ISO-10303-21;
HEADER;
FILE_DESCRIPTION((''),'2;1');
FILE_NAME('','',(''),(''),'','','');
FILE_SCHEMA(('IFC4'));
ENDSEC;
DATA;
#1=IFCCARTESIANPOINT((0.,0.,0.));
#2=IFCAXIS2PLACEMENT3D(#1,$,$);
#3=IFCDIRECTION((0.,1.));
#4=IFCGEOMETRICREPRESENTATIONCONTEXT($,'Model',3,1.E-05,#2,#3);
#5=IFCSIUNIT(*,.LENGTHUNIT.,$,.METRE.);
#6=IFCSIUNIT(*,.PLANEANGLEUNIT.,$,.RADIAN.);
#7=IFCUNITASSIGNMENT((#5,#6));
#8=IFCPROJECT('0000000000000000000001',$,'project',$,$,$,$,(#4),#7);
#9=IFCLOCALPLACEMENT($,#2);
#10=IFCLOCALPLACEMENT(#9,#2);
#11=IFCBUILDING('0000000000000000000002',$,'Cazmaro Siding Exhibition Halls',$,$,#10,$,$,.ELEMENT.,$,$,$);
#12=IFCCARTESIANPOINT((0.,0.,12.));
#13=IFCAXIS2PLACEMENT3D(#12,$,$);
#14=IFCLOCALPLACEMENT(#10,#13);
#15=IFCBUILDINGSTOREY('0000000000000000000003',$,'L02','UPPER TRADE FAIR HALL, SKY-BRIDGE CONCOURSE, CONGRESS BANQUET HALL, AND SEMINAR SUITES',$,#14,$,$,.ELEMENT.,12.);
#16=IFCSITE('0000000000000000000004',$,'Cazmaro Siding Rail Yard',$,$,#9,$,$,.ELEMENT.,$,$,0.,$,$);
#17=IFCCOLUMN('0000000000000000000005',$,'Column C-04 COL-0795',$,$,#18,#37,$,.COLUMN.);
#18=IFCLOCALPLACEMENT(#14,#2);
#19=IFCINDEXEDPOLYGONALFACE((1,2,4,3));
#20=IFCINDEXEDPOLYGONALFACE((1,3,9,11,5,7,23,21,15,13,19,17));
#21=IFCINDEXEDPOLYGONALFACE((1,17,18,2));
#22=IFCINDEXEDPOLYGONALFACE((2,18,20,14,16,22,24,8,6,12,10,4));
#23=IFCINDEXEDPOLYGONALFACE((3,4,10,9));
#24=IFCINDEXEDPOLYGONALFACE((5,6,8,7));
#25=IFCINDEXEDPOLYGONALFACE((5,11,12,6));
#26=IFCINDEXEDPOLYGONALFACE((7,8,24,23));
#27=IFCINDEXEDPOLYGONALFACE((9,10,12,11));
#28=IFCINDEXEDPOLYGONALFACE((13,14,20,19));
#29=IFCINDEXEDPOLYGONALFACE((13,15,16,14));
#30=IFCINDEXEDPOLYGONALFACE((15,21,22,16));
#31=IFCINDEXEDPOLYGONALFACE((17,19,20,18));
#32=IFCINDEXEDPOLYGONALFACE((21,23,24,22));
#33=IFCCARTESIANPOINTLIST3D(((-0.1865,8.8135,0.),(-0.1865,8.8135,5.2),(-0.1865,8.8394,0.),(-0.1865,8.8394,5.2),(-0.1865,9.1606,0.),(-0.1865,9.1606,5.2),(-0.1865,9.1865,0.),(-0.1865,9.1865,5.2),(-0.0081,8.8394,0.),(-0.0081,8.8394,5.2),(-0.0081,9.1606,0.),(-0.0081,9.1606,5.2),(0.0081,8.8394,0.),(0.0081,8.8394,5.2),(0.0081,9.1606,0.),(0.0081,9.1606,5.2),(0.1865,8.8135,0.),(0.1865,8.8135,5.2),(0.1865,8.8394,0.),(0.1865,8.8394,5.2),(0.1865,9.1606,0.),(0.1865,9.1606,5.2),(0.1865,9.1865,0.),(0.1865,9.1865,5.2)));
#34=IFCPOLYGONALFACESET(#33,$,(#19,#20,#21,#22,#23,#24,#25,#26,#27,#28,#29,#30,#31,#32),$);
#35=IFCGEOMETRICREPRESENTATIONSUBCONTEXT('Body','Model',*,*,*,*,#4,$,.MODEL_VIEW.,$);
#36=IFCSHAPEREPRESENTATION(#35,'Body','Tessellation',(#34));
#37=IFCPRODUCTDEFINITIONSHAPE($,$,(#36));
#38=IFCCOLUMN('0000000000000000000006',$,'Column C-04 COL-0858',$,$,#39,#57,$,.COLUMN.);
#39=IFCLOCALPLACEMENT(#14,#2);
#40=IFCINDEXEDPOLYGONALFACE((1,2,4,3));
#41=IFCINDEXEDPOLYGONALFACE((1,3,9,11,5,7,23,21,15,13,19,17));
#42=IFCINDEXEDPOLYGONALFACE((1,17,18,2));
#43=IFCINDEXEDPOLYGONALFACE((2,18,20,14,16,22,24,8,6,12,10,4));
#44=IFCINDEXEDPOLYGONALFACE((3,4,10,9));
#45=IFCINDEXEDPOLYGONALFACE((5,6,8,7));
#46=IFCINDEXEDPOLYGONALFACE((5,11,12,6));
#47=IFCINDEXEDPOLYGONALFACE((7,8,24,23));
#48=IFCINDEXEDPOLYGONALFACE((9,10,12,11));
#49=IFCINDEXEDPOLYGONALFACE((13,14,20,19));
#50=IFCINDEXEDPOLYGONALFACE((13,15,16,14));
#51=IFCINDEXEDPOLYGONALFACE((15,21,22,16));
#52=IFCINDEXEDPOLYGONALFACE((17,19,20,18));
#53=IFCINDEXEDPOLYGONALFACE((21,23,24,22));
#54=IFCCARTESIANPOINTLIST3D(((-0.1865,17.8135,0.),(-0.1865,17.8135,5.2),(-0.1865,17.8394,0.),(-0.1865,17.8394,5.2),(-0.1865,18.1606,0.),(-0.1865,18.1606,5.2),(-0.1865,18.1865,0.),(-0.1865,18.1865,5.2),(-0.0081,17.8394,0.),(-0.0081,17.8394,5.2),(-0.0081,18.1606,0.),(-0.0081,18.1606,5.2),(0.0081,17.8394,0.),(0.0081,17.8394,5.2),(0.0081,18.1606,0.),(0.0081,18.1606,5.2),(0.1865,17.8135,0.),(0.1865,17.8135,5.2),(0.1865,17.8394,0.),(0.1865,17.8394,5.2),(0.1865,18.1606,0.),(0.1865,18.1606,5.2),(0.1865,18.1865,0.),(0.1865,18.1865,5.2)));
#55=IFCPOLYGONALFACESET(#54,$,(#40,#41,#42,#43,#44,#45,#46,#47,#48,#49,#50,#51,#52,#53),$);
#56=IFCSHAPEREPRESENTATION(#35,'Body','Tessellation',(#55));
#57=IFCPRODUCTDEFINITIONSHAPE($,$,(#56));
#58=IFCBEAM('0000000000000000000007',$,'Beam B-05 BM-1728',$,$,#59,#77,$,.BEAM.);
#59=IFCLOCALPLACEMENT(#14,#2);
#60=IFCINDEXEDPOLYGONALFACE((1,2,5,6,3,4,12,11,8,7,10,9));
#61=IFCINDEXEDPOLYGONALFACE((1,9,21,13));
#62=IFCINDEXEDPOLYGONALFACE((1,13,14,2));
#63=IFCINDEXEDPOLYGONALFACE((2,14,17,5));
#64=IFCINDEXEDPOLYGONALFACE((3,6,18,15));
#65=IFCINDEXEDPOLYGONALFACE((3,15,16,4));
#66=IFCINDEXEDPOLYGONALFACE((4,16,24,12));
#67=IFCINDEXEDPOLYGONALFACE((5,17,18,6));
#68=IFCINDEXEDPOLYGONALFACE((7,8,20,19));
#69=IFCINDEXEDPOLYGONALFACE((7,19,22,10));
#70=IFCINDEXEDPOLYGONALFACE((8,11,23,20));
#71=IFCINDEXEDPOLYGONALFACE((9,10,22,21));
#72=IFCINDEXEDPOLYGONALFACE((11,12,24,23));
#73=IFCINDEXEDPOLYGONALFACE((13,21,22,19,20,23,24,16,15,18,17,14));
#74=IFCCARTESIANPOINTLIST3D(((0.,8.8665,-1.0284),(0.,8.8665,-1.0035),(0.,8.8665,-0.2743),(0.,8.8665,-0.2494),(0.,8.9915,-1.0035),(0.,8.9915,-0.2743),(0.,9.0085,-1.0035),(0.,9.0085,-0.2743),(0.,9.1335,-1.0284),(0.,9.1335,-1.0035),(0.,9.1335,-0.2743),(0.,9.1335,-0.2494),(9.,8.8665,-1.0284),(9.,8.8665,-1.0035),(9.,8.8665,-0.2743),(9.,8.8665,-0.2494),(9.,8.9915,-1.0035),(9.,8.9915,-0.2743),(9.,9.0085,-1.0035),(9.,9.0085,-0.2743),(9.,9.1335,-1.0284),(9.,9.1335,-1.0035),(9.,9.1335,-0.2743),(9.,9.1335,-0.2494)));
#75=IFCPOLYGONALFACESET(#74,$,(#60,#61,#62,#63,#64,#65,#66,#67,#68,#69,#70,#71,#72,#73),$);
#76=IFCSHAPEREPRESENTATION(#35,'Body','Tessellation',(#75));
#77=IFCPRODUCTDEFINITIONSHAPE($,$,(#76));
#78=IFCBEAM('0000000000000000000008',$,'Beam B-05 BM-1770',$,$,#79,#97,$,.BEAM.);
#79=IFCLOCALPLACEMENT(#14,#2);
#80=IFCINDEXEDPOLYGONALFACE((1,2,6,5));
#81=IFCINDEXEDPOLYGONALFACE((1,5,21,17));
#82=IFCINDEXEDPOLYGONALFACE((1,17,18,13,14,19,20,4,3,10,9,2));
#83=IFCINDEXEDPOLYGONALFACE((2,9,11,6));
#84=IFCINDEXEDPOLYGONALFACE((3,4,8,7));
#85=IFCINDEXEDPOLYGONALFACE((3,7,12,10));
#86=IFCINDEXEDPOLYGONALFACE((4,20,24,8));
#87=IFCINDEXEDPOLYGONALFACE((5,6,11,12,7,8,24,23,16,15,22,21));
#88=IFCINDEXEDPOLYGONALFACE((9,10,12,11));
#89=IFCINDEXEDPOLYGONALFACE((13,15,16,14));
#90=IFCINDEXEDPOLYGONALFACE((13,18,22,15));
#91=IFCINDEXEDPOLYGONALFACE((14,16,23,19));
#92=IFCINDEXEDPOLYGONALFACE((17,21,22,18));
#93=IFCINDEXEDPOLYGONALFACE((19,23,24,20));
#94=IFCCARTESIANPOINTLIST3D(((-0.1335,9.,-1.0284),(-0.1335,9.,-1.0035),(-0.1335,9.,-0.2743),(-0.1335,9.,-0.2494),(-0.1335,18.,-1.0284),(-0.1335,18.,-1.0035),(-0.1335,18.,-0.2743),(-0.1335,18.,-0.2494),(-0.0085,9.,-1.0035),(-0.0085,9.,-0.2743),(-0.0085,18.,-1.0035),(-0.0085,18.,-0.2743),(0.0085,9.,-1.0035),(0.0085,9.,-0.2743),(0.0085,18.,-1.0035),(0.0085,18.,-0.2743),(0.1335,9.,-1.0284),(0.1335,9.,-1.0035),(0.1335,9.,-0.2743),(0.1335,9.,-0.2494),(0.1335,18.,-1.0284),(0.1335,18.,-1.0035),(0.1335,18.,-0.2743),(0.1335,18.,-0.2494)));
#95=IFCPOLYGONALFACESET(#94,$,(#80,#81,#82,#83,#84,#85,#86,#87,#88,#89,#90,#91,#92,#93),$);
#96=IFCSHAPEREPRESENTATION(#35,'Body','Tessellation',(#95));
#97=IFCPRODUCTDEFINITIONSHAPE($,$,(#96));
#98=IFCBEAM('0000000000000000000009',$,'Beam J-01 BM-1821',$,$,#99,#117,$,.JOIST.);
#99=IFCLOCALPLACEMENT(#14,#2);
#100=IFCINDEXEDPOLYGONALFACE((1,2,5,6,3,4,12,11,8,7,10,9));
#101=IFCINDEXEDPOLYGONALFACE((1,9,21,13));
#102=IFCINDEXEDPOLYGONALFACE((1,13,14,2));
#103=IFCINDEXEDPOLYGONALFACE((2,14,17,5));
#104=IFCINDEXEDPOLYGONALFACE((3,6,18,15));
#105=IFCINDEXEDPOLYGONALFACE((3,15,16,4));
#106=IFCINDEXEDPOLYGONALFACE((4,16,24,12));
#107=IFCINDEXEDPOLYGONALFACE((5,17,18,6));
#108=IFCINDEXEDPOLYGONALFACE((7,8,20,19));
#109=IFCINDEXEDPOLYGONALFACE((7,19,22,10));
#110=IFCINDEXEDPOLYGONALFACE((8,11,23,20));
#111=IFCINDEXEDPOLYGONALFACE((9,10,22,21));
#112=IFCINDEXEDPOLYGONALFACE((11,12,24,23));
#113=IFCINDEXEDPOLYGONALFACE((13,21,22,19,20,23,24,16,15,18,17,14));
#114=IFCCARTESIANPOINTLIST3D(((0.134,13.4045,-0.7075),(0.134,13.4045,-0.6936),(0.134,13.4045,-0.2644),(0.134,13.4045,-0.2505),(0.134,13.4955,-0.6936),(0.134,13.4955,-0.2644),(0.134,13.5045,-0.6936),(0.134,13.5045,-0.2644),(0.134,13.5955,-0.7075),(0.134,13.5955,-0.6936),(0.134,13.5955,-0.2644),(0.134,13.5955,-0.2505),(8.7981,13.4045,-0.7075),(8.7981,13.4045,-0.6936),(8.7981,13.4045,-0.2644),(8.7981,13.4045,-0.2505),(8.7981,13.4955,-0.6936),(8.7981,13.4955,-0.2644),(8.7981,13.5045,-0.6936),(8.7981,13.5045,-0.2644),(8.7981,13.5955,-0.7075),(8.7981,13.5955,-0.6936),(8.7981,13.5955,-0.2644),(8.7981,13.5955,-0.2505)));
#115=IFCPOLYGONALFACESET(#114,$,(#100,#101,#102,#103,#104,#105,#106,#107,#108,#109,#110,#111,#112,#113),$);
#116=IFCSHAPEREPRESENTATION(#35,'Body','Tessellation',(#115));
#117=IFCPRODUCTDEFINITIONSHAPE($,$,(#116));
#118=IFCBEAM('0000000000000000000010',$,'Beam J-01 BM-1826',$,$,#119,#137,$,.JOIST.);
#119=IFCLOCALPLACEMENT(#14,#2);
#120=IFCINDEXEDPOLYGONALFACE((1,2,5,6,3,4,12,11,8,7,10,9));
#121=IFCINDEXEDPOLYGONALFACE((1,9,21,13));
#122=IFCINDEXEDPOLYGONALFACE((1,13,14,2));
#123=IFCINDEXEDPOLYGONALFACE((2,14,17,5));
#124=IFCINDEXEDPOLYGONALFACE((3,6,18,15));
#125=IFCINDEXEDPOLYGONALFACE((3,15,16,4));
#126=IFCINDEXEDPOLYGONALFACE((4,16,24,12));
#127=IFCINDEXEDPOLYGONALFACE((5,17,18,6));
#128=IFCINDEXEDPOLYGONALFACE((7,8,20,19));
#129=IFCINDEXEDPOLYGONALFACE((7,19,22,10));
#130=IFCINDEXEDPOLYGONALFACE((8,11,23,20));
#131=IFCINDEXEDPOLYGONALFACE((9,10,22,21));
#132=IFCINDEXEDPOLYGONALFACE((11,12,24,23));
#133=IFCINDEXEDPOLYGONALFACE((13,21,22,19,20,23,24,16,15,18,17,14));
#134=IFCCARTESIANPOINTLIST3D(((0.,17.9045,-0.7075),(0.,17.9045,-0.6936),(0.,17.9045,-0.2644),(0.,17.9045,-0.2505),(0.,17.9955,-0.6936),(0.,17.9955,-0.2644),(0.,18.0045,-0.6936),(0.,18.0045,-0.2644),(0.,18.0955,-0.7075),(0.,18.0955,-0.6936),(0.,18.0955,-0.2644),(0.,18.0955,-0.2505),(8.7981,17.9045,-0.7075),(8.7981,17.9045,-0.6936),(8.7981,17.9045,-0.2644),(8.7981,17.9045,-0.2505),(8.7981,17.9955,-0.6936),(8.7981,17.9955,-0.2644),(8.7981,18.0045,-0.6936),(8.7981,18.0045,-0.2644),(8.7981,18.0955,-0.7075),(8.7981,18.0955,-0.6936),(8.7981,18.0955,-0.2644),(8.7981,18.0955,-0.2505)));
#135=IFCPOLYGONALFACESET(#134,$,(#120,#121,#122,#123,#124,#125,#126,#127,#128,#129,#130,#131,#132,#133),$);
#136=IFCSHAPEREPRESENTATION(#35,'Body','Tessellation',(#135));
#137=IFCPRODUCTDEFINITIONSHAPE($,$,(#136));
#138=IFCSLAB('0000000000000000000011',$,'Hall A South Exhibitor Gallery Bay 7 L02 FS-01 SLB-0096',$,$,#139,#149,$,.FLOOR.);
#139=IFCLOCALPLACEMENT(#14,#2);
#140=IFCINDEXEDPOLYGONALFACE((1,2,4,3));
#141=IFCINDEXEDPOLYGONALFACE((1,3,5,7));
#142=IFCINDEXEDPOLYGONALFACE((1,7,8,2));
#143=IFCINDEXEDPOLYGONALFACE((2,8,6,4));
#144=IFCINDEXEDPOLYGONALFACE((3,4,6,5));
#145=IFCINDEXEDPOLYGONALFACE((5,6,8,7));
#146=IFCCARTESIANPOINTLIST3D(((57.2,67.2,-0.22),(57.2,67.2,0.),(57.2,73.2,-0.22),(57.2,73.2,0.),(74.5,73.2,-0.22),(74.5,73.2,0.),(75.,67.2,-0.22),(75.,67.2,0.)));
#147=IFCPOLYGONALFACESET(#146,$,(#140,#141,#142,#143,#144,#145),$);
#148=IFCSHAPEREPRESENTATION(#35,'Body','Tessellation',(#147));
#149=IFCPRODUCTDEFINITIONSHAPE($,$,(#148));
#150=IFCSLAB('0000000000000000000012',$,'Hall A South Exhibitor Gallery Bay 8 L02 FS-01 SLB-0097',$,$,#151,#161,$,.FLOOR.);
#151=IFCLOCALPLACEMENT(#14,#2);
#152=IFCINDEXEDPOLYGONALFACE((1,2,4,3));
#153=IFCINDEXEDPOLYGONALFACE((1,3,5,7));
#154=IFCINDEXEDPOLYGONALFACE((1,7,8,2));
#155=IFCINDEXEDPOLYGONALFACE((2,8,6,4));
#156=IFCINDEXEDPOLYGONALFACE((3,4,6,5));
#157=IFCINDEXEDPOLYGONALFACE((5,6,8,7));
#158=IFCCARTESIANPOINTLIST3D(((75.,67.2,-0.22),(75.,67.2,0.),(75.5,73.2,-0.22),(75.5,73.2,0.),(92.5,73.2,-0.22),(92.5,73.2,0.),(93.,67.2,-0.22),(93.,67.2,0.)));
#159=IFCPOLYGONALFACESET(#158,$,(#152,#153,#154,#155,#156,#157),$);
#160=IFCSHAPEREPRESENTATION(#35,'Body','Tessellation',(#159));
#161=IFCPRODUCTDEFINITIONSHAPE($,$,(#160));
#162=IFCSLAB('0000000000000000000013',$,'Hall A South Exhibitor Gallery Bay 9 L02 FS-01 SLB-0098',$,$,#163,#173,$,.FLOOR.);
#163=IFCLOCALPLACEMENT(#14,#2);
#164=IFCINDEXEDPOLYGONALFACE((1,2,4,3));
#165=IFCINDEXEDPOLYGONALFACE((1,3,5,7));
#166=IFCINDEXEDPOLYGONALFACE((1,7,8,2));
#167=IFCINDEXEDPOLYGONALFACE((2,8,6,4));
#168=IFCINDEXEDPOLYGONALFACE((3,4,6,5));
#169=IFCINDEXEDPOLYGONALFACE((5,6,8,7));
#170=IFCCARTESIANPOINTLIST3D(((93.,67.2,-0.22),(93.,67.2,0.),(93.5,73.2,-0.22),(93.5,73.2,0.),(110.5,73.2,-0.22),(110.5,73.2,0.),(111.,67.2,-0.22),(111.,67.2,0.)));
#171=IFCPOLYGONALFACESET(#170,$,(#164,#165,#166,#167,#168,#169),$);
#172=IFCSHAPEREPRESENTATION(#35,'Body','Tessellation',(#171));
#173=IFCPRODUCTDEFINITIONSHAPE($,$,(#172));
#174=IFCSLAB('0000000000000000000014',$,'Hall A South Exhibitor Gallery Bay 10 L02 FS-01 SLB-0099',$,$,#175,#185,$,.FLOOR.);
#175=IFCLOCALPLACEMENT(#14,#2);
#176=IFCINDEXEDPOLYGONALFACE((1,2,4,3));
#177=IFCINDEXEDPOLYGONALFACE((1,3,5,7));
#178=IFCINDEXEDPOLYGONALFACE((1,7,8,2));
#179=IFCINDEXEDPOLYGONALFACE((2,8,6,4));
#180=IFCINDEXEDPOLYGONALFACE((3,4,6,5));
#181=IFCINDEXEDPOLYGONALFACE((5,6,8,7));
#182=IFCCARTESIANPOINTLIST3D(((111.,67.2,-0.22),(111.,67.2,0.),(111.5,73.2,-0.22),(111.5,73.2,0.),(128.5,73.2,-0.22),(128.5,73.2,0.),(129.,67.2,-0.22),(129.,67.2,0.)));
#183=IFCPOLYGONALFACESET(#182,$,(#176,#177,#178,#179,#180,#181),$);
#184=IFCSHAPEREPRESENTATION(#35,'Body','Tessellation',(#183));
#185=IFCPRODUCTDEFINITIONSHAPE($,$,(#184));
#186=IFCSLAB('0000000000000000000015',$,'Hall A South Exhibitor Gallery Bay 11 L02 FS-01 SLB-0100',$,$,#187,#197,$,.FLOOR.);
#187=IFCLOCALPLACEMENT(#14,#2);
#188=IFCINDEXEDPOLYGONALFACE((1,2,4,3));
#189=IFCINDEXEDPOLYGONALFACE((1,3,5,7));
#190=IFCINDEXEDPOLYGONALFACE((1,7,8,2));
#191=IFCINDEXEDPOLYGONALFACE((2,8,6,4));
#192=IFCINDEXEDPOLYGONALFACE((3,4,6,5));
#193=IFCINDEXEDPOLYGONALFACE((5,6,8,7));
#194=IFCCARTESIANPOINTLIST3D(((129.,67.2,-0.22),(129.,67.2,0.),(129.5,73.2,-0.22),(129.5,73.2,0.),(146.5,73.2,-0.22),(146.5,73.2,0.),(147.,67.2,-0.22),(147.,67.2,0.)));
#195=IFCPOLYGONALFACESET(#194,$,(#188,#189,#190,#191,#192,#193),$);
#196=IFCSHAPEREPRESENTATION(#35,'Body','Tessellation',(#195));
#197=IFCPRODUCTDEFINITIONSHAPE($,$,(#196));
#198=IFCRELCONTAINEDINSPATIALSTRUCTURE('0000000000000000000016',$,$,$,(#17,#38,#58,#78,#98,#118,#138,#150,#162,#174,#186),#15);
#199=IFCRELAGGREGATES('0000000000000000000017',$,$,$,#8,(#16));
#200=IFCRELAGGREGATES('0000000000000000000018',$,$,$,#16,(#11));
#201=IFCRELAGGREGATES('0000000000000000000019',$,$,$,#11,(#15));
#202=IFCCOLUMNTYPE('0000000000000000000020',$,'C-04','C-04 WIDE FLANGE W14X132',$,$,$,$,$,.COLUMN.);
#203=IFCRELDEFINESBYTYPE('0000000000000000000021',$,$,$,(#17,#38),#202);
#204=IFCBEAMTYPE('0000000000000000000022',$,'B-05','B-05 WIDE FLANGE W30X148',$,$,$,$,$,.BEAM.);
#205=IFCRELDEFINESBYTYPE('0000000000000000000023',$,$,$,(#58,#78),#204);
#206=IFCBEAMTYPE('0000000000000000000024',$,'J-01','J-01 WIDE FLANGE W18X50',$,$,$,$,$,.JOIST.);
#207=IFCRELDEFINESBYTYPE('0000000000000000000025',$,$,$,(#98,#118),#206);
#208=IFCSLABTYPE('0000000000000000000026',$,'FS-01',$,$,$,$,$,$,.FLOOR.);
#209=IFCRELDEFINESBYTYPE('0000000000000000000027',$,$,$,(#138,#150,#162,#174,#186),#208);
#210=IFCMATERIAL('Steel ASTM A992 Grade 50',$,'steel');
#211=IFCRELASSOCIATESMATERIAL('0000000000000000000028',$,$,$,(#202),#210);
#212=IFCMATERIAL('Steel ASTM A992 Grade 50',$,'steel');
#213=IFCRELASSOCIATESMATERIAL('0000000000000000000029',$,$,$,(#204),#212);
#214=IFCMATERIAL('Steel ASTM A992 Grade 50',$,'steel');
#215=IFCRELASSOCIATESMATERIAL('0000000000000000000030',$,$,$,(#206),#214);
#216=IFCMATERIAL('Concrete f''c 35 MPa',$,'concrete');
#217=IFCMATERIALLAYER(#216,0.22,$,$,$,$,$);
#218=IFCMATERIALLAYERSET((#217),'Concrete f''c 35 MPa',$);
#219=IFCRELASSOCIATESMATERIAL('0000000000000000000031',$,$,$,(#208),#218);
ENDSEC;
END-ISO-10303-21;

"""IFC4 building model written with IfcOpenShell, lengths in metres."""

from ifc_helpers import new_model, si_unit, direction, frame, origin, origin_2d, place, context, subcontext, project, spatial, polyline, i_section, outline, extrude, material, layer, layer_set, material_profile, profile_set, type_object, element, save


model = new_model("IFC4")

# Units and contexts
model_context = context("Model", 3, precision=1e-05, world=origin(), true_north=direction((0.0, 1.0)))
body_context = subcontext(model_context, "Body", "Model", "MODEL_VIEW")
ifc_project = project(units=[si_unit("LENGTHUNIT", "METRE"), si_unit("PLANEANGLEUNIT", "RADIAN")], contexts=[model_context])

# Site, building, storey
site_placement = place(None, origin())
site = spatial("IfcSite", under=ifc_project, at=site_placement, Name="Cazmaro Siding Rail Yard", CompositionType="ELEMENT", RefElevation=0.0)
building_placement = place(site_placement, origin())
building = spatial("IfcBuilding", under=site, at=building_placement, Name="Cazmaro Siding Exhibition Halls", CompositionType="ELEMENT")
storey_placement = place(building_placement, frame((0.0, 0.0, 12.0)))
storey = spatial("IfcBuildingStorey", under=building, at=storey_placement, Name="L02", Description="UPPER TRADE FAIR HALL, SKY-BRIDGE CONCOURSE, CONGRESS BANQUET HALL, AND SEMINAR SUITES", CompositionType="ELEMENT", Elevation=12.0)

# Columns
ifc_material_1 = material(Name="Steel ASTM A992 Grade 50", Category="steel")
ifc_material_profile_1 = material_profile(ifc_material_1, i_section(OverallWidth=0.373, OverallDepth=0.373, WebThickness=0.0161, FlangeThickness=0.0259, at=origin_2d()), Name="W14X132")
ifc_profile_set_1 = profile_set([ifc_material_profile_1], Name="Steel ASTM A992 Grade 50")
column_type = type_object("IfcColumnType", Name="C-04", Description="C-04 WIDE FLANGE W14X132", PredefinedType="COLUMN", material=ifc_profile_set_1)
for number, where, z_axis, x_axis, name in (
    (1, (0.0, 9.0, 0.0), (0.0, 0.0, 1.0), (1.0, 0.0, 0.0), "Column C-04 COL-0795"),
    (2, (0.0, 18.0, 0.0), (0.0, 0.0, 1.0), (1.0, 0.0, 0.0), "Column C-04 COL-0858"),
):
    element("IfcColumn", number, at=place(storey_placement, frame(where, z_axis=z_axis, x_axis=x_axis)), inside=storey, type_object=column_type, Name=name, PredefinedType="COLUMN", context=body_context, shape_type="SweptSolid", body=[
        extrude(i_section(OverallWidth=0.373, OverallDepth=0.373, WebThickness=0.0161, FlangeThickness=0.0259, at=origin_2d()), origin(), (0.0, 0.0, 1.0), 5.2),
    ])

# Beams
ifc_material_2 = material(Name="Steel ASTM A992 Grade 50", Category="steel")
ifc_material_profile_2 = material_profile(ifc_material_2, i_section(OverallWidth=0.2671, OverallDepth=0.7791, WebThickness=0.0171, FlangeThickness=0.0249, at=origin_2d()), Name="W30X148")
ifc_profile_set_2 = profile_set([ifc_material_profile_2], Name="Steel ASTM A992 Grade 50")
beam_type_1 = type_object("IfcBeamType", Name="B-05", Description="B-05 WIDE FLANGE W30X148", PredefinedType="BEAM", material=ifc_profile_set_2)
for number, where, z_axis, x_axis, name in (
    (3, (0.0, 9.0, -0.6389), (1.0, 0.0, 0.0), (0.0, 1.0, 0.0), "Beam B-05 BM-1728"),
    (4, (0.0, 18.0, -0.6389), (0.0, -1.0, 0.0), (1.0, 0.0, 0.0), "Beam B-05 BM-1770"),
):
    element("IfcBeam", number, at=place(storey_placement, frame(where, z_axis=z_axis, x_axis=x_axis)), inside=storey, type_object=beam_type_1, Name=name, PredefinedType="BEAM", context=body_context, shape_type="SweptSolid", body=[
        extrude(i_section(OverallWidth=0.2671, OverallDepth=0.7791, WebThickness=0.0171, FlangeThickness=0.0249, at=origin_2d()), origin(), (0.0, 0.0, 1.0), 9.0),
    ])
ifc_material_3 = material(Name="Steel ASTM A992 Grade 50", Category="steel")
ifc_material_profile_3 = material_profile(ifc_material_3, i_section(OverallWidth=0.1909, OverallDepth=0.457, WebThickness=0.009, FlangeThickness=0.0139, at=origin_2d()), Name="W18X50")
ifc_profile_set_3 = profile_set([ifc_material_profile_3], Name="Steel ASTM A992 Grade 50")
beam_type_2 = type_object("IfcBeamType", Name="J-01", Description="J-01 WIDE FLANGE W18X50", PredefinedType="JOIST", material=ifc_profile_set_3)
beam_1_placement = place(storey_placement, frame((0.134, 13.5, -0.479), z_axis=(1.0, 0.0, 0.0), x_axis=(0.0, 1.0, 0.0)))
element("IfcBeam", 5, at=beam_1_placement, inside=storey, type_object=beam_type_2, Name="Beam J-01 BM-1821", PredefinedType="JOIST", context=body_context, shape_type="SweptSolid", body=[
    extrude(i_section(OverallWidth=0.1909, OverallDepth=0.457, WebThickness=0.009, FlangeThickness=0.0139, at=origin_2d()), origin(), (0.0, 0.0, 1.0), 8.6641),
])
beam_2_placement = place(storey_placement, frame((0.0, 18.0, -0.479), z_axis=(1.0, 0.0, 0.0), x_axis=(0.0, 1.0, 0.0)))
element("IfcBeam", 6, at=beam_2_placement, inside=storey, type_object=beam_type_2, Name="Beam J-01 BM-1826", PredefinedType="JOIST", context=body_context, shape_type="SweptSolid", body=[
    extrude(i_section(OverallWidth=0.1909, OverallDepth=0.457, WebThickness=0.009, FlangeThickness=0.0139, at=origin_2d()), origin(), (0.0, 0.0, 1.0), 8.7981),
])

# Slabs
ifc_material_4 = material(Name="Concrete f'c 35 MPa", Category="concrete")
ifc_layer_1 = layer(ifc_material_4, 0.22)
ifc_layer_set_1 = layer_set([ifc_layer_1], Name="Concrete f'c 35 MPa")
slab_type_1 = type_object("IfcSlabType", Name="FS-01", PredefinedType="FLOOR", material=ifc_layer_set_1)
slab_1_placement = place(storey_placement, frame((0.0, 0.0, -0.22)))
element("IfcSlab", 7, at=slab_1_placement, inside=storey, type_object=slab_type_1, Name="Hall A South Exhibitor Gallery Bay 7 L02 FS-01 SLB-0096", PredefinedType="FLOOR", context=body_context, shape_type="SweptSolid", body=[
    extrude(outline(polyline([(57.2, 67.2), (75.0, 67.2), (74.5, 73.2), (57.2, 73.2), (57.2, 67.2)])), origin(), (0.0, 0.0, 1.0), 0.22),
])
slab_2_placement = place(storey_placement, frame((0.0, 0.0, -0.22)))
element("IfcSlab", 8, at=slab_2_placement, inside=storey, type_object=slab_type_1, Name="Hall A South Exhibitor Gallery Bay 8 L02 FS-01 SLB-0097", PredefinedType="FLOOR", context=body_context, shape_type="SweptSolid", body=[
    extrude(outline(polyline([(75.0, 67.2), (93.0, 67.2), (92.5, 73.2), (75.5, 73.2), (75.0, 67.2)])), origin(), (0.0, 0.0, 1.0), 0.22),
])
slab_3_placement = place(storey_placement, frame((0.0, 0.0, -0.22)))
element("IfcSlab", 9, at=slab_3_placement, inside=storey, type_object=slab_type_1, Name="Hall A South Exhibitor Gallery Bay 9 L02 FS-01 SLB-0098", PredefinedType="FLOOR", context=body_context, shape_type="SweptSolid", body=[
    extrude(outline(polyline([(93.0, 67.2), (111.0, 67.2), (110.5, 73.2), (93.5, 73.2), (93.0, 67.2)])), origin(), (0.0, 0.0, 1.0), 0.22),
])
slab_4_placement = place(storey_placement, frame((0.0, 0.0, -0.22)))
element("IfcSlab", 10, at=slab_4_placement, inside=storey, type_object=slab_type_1, Name="Hall A South Exhibitor Gallery Bay 10 L02 FS-01 SLB-0099", PredefinedType="FLOOR", context=body_context, shape_type="SweptSolid", body=[
    extrude(outline(polyline([(111.0, 67.2), (129.0, 67.2), (128.5, 73.2), (111.5, 73.2), (111.0, 67.2)])), origin(), (0.0, 0.0, 1.0), 0.22),
])
slab_5_placement = place(storey_placement, frame((0.0, 0.0, -0.22)))
element("IfcSlab", 11, at=slab_5_placement, inside=storey, type_object=slab_type_1, Name="Hall A South Exhibitor Gallery Bay 11 L02 FS-01 SLB-0100", PredefinedType="FLOOR", context=body_context, shape_type="SweptSolid", body=[
    extrude(outline(polyline([(129.0, 67.2), (147.0, 67.2), (146.5, 73.2), (129.5, 73.2), (129.0, 67.2)])), origin(), (0.0, 0.0, 1.0), 0.22),
])

save(model, "model.ifc")
